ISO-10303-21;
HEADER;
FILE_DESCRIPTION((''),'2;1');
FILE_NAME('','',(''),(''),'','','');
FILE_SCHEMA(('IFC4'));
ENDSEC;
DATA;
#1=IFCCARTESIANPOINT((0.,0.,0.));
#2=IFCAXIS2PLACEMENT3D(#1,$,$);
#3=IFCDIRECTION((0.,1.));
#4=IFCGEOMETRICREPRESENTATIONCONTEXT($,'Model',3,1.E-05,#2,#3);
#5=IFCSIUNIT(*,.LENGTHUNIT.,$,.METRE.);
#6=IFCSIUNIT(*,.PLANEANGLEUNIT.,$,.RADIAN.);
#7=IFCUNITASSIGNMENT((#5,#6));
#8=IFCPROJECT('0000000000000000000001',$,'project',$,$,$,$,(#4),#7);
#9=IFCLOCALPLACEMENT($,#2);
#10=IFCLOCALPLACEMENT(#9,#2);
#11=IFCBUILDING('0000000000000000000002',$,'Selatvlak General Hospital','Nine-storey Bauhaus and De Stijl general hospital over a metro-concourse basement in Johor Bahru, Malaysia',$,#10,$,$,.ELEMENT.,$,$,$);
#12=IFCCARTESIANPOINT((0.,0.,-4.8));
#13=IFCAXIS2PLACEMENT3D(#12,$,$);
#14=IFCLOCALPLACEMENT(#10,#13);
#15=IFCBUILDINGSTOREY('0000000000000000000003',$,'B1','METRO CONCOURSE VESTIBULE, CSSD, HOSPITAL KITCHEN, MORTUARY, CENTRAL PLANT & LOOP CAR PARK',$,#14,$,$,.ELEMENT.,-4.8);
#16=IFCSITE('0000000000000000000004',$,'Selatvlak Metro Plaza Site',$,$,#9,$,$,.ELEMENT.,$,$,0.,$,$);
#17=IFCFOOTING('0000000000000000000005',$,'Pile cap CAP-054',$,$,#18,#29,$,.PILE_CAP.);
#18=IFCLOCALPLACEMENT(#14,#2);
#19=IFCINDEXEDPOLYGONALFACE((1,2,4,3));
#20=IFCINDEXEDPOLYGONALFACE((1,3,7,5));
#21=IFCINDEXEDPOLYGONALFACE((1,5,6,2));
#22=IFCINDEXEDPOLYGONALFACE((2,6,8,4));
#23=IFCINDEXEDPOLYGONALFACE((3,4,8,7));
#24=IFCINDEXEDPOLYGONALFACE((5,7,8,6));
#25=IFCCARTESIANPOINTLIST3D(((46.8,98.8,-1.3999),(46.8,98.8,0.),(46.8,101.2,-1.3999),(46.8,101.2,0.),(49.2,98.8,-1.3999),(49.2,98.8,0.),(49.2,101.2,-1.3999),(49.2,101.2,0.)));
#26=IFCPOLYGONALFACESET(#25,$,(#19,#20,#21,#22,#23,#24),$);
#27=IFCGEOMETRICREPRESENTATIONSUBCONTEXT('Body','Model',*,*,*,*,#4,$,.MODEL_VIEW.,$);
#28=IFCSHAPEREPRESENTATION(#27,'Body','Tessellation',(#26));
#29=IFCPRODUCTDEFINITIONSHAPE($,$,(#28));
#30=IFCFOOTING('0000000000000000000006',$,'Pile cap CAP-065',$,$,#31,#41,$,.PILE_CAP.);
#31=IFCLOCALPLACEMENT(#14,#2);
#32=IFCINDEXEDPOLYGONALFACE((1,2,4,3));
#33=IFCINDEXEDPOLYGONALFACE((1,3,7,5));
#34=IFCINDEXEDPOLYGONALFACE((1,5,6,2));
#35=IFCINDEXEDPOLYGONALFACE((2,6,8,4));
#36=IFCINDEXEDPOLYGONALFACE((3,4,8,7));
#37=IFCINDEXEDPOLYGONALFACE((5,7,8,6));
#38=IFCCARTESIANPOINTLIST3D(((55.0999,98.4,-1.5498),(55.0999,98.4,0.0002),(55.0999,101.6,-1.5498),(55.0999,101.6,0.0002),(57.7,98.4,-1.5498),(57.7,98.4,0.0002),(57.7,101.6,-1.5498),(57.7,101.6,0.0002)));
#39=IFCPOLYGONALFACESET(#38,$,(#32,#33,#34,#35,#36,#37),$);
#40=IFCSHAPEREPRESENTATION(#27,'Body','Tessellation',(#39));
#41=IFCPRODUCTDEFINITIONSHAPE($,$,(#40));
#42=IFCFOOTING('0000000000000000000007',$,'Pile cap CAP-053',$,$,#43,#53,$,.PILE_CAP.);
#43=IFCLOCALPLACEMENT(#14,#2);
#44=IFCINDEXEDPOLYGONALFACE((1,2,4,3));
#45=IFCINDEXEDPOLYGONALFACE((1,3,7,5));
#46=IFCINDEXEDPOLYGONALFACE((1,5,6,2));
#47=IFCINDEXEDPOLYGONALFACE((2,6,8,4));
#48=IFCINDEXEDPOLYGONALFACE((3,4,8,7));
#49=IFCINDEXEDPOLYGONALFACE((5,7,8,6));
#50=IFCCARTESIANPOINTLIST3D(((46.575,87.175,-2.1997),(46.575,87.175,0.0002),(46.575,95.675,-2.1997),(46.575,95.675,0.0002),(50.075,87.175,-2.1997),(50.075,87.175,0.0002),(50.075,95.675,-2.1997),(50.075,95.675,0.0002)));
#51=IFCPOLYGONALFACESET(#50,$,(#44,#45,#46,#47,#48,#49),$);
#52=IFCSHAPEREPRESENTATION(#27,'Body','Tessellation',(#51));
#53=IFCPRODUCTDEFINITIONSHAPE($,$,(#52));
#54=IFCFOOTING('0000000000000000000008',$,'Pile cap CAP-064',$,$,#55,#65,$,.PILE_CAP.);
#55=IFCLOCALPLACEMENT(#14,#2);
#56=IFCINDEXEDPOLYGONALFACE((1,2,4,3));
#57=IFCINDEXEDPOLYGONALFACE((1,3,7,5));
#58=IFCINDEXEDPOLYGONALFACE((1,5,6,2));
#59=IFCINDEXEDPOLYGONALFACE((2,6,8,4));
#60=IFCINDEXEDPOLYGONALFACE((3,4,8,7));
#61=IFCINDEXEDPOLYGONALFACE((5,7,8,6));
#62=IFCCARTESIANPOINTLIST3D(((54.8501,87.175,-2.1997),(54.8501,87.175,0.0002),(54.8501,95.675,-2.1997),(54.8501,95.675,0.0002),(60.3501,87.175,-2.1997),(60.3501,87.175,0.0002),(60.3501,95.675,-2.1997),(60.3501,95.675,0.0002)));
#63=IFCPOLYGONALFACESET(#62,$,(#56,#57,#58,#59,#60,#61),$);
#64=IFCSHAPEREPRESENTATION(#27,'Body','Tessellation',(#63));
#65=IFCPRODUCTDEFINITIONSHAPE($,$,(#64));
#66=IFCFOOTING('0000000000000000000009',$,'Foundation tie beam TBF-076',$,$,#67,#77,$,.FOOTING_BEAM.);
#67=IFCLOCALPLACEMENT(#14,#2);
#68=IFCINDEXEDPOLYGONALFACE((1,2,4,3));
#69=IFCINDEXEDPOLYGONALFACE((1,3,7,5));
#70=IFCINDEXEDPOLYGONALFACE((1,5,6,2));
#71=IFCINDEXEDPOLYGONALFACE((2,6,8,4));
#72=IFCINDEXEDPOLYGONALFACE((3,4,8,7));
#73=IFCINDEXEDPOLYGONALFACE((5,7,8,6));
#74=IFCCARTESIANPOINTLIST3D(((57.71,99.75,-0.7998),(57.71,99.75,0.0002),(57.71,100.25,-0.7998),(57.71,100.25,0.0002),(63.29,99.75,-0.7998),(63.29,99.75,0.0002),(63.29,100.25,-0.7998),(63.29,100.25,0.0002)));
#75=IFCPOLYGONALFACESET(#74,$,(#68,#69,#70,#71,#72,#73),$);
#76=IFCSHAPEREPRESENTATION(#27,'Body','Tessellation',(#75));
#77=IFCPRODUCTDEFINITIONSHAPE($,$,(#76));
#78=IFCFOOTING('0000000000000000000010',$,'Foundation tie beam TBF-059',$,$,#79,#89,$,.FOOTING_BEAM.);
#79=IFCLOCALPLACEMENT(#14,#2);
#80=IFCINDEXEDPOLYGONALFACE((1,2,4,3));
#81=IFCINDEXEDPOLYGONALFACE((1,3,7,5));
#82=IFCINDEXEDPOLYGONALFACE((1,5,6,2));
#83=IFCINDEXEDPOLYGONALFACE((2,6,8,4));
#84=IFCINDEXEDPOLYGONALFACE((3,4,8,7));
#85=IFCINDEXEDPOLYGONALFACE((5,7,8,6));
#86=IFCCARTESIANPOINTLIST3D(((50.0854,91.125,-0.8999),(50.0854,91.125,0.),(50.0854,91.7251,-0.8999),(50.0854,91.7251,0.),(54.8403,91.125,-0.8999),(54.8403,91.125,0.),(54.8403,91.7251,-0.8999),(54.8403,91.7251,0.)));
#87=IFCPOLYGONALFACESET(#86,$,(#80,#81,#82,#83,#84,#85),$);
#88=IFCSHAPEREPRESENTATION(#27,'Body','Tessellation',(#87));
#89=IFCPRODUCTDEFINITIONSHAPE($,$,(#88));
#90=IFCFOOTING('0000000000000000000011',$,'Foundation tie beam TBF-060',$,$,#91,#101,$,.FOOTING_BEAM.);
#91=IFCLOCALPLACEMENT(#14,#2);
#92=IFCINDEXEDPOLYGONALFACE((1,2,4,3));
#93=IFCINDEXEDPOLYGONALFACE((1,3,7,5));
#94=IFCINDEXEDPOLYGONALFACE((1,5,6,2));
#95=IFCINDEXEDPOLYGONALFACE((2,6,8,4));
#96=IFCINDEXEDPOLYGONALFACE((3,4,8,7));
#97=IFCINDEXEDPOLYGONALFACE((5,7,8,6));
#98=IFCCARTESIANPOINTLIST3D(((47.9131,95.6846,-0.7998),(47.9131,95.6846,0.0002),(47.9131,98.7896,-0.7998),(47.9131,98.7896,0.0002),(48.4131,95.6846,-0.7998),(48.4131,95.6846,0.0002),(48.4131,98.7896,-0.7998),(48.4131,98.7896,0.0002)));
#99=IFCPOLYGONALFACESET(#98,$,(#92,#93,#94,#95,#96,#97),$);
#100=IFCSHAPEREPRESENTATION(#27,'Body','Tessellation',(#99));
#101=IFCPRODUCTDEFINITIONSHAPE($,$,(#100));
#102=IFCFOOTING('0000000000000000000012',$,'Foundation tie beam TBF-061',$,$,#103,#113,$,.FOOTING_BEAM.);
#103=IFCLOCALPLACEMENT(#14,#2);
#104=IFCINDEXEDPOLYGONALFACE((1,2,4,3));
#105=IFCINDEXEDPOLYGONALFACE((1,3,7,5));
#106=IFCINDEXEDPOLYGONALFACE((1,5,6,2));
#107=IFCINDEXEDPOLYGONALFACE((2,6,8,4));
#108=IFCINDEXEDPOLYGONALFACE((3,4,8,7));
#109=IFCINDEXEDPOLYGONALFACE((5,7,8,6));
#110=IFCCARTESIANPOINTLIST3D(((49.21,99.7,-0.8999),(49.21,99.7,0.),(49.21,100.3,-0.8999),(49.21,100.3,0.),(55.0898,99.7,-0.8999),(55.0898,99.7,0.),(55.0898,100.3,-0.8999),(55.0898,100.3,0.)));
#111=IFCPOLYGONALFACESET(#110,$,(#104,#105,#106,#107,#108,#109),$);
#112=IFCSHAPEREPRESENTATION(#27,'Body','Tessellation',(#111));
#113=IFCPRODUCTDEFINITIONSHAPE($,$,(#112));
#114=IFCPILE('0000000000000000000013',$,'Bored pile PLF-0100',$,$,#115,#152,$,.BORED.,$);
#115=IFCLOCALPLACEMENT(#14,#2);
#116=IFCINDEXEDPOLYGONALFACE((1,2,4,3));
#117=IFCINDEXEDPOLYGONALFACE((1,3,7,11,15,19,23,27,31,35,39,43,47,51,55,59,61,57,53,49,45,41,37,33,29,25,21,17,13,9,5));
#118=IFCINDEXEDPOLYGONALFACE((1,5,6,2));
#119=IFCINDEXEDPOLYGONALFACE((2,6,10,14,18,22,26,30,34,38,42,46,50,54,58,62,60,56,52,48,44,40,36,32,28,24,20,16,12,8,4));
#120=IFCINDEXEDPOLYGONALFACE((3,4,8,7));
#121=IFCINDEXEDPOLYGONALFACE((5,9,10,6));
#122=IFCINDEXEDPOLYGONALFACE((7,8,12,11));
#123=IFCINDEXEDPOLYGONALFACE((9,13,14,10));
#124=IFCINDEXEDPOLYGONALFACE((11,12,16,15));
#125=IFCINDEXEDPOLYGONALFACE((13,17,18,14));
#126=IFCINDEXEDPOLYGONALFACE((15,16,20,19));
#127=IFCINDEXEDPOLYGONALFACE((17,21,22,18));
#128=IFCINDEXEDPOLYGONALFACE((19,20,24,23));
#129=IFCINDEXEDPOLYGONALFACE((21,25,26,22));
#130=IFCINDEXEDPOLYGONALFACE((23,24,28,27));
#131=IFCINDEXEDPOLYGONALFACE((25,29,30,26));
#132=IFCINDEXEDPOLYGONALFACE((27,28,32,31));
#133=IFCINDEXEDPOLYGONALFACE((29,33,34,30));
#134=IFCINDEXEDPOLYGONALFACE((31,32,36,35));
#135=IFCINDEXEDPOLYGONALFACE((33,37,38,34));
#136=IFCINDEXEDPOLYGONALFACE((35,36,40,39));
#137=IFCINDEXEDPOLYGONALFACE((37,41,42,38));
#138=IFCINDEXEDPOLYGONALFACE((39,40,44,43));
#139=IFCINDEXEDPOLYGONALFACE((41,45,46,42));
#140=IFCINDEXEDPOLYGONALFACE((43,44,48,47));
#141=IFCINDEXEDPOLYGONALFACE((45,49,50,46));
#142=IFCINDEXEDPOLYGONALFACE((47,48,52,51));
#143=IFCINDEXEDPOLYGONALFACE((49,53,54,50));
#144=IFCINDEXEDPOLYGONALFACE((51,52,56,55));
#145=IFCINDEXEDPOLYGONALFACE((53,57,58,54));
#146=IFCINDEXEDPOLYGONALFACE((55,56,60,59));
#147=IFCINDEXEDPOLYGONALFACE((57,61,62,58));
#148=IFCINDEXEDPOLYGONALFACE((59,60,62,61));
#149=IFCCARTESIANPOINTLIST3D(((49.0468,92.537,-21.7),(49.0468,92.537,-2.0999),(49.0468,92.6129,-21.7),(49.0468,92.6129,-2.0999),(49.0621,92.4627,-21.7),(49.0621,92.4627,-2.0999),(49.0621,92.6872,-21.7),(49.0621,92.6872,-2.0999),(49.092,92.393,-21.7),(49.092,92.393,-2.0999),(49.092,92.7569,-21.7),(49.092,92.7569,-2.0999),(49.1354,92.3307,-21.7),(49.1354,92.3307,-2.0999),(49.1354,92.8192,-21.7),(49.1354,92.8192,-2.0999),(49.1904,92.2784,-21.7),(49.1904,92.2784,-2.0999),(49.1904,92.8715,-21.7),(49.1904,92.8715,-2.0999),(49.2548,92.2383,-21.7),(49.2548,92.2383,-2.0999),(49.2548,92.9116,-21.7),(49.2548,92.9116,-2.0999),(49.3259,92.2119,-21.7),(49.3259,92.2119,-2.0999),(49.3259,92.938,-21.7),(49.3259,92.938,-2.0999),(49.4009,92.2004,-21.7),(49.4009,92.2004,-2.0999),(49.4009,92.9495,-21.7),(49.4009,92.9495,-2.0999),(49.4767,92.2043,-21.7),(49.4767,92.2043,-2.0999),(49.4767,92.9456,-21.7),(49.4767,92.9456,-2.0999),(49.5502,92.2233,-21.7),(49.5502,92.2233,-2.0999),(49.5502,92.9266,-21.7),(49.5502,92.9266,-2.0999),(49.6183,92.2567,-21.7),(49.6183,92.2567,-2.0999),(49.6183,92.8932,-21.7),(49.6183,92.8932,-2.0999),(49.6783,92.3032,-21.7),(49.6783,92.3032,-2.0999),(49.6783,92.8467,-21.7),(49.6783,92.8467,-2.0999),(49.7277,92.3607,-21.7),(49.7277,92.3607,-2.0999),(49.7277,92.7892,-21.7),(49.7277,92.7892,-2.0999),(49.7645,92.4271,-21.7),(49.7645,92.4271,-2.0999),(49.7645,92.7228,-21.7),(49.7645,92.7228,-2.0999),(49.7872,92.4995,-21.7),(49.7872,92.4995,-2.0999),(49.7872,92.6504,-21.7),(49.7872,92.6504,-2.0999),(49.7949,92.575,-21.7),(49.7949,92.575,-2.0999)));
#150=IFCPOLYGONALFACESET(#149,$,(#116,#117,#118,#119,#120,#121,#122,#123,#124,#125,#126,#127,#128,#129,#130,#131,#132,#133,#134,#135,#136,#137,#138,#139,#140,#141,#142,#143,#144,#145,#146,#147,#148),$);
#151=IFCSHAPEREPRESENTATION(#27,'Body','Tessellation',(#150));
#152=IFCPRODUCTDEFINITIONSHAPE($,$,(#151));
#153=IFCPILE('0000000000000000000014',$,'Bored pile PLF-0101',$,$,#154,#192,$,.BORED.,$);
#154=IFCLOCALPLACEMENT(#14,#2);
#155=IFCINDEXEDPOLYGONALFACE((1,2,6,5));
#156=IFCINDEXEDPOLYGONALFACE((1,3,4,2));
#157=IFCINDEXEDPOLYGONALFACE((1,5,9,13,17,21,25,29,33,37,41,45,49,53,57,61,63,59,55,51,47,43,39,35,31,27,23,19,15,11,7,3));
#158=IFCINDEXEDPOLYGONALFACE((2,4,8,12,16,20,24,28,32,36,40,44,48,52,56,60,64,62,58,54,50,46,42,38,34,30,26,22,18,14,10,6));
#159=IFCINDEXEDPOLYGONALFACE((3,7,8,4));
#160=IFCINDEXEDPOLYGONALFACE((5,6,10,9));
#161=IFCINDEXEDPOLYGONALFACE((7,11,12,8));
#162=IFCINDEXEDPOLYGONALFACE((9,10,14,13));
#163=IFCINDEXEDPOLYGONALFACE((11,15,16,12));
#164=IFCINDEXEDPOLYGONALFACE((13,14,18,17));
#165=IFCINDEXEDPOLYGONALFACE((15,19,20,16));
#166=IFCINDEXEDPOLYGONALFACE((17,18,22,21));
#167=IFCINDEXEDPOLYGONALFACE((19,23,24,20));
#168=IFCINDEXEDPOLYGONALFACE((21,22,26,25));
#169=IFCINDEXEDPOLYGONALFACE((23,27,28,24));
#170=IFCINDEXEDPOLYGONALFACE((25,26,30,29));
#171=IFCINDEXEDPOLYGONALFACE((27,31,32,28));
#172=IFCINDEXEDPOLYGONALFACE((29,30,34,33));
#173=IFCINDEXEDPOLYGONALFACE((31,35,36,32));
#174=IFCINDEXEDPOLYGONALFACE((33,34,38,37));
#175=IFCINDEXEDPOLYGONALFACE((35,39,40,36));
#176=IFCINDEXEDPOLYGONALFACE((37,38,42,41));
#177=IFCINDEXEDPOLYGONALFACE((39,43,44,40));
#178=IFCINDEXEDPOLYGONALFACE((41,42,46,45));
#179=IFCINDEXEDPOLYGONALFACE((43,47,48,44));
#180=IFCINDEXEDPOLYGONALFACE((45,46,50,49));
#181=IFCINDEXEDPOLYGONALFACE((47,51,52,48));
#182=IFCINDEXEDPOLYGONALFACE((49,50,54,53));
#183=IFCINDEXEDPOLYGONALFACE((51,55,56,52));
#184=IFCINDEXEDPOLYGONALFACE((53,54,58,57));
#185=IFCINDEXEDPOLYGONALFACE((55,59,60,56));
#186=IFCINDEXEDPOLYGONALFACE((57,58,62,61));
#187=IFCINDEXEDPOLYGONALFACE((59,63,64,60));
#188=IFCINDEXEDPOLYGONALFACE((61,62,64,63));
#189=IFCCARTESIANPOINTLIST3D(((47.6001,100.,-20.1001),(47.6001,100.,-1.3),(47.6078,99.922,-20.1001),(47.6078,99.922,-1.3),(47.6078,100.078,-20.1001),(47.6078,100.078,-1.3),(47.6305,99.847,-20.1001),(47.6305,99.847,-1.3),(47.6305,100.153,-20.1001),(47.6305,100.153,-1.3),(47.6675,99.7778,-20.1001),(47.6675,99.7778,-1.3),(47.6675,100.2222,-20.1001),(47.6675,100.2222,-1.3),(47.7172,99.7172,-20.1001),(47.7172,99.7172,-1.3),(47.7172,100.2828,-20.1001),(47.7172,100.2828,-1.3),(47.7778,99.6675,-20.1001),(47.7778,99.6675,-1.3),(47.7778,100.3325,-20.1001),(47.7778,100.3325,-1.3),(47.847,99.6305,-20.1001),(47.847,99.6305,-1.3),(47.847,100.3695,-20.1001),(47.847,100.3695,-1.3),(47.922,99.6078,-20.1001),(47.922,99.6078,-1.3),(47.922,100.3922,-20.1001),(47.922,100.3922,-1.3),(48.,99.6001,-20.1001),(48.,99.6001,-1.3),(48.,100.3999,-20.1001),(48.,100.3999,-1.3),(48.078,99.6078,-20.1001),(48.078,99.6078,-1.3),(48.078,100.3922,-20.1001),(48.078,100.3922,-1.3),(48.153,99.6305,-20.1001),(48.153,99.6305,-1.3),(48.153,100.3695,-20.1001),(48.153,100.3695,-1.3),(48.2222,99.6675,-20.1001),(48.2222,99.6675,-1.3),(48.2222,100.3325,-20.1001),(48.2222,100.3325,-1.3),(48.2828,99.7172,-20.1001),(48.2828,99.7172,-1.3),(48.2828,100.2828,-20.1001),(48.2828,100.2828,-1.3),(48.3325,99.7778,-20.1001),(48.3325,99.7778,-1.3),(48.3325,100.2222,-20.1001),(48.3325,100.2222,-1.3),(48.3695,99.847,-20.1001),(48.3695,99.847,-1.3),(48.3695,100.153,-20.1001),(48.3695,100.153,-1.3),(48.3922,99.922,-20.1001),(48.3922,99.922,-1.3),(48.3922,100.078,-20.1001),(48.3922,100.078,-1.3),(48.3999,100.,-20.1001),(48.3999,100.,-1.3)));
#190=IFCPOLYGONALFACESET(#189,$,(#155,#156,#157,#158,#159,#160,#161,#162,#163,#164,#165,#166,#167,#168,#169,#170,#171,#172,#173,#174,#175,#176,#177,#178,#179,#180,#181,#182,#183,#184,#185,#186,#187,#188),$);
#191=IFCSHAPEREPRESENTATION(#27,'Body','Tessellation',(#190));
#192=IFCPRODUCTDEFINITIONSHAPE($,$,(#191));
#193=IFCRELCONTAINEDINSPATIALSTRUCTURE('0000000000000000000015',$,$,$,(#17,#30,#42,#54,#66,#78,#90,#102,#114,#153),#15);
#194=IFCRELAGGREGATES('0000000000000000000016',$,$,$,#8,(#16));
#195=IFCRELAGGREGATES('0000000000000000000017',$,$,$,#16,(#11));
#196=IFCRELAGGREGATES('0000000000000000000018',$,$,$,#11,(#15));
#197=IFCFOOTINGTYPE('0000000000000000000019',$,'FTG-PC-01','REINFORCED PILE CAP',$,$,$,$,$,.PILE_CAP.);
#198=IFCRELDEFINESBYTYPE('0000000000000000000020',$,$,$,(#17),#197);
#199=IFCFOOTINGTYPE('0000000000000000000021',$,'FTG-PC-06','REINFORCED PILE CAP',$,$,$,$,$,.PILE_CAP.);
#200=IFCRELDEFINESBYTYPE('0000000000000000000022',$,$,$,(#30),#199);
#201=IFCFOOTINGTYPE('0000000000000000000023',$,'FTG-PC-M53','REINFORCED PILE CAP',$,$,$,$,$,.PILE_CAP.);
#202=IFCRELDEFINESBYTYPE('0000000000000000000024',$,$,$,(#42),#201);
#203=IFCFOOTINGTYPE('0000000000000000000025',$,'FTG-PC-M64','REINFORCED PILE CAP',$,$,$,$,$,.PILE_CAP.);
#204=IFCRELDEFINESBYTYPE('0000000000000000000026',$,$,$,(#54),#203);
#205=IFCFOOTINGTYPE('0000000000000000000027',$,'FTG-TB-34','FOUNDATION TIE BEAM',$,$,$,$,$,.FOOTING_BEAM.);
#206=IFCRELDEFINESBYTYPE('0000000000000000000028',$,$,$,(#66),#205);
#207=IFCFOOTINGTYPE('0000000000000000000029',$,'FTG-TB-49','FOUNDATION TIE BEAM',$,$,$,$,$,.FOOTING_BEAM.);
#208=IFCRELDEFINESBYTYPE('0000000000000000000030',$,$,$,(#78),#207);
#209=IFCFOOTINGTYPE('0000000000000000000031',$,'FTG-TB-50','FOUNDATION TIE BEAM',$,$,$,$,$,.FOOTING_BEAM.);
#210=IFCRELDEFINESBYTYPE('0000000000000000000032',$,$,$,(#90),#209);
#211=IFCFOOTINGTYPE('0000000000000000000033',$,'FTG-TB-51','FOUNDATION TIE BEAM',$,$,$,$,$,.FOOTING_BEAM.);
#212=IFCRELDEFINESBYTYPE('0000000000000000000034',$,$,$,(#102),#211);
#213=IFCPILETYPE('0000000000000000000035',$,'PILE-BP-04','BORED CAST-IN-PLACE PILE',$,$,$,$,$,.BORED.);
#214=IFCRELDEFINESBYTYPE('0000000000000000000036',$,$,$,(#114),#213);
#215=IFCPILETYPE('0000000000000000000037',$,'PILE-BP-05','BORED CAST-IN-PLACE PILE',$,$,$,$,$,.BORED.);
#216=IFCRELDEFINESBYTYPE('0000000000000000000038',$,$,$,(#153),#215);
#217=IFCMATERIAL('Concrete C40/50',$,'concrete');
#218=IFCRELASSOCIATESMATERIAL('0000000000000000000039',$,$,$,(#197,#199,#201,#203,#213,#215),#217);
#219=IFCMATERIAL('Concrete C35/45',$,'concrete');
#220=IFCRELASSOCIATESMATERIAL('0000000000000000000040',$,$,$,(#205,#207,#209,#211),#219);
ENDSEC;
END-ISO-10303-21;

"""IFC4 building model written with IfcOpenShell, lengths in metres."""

from ifc_helpers import new_model, si_unit, direction, frame, origin, origin_2d, place, context, subcontext, project, spatial, rectangle, circle, extrude, material, material_profile, profile_set, type_object, element, save


model = new_model("IFC4")

# Units and contexts
model_context = context("Model", 3, precision=1e-05, world=origin(), true_north=direction((0.0, 1.0)))
body_context = subcontext(model_context, "Body", "Model", "MODEL_VIEW")
ifc_project = project(units=[si_unit("LENGTHUNIT", "METRE"), si_unit("PLANEANGLEUNIT", "RADIAN")], contexts=[model_context])

# Site, building, storey
site_placement = place(None, origin())
site = spatial("IfcSite", under=ifc_project, at=site_placement, Name="Selatvlak Metro Plaza Site", CompositionType="ELEMENT", RefElevation=0.0)
building_placement = place(site_placement, origin())
building = spatial("IfcBuilding", under=site, at=building_placement, Name="Selatvlak General Hospital", Description="Nine-storey Bauhaus and De Stijl general hospital over a metro-concourse basement in Johor Bahru, Malaysia", CompositionType="ELEMENT")
storey_placement = place(building_placement, frame((0.0, 0.0, -4.8)))
storey = spatial("IfcBuildingStorey", under=building, at=storey_placement, Name="B1", Description="METRO CONCOURSE VESTIBULE, CSSD, HOSPITAL KITCHEN, MORTUARY, CENTRAL PLANT & LOOP CAR PARK", CompositionType="ELEMENT", Elevation=-4.8)

# Footings
ifc_material_1 = material(Name="Concrete C40/50", Category="concrete")
footing_type_1 = type_object("IfcFootingType", Name="FTG-PC-01", Description="REINFORCED PILE CAP", PredefinedType="PILE_CAP", material=ifc_material_1)
footing_1_placement = place(storey_placement, frame((48.0, 100.0, -1.3999), z_axis=(0.0, 0.0, 1.0), x_axis=(1.0, 0.0, 0.0)))
element("IfcFooting", 1, at=footing_1_placement, inside=storey, type_object=footing_type_1, Name="Pile cap CAP-054", PredefinedType="PILE_CAP", context=body_context, shape_type="SweptSolid", body=[
    extrude(rectangle(XDim=2.3999, YDim=2.3999, at=origin_2d()), origin(), (0.0, 0.0, 1.0), 1.3999),
])
footing_type_2 = type_object("IfcFootingType", Name="FTG-PC-06", Description="REINFORCED PILE CAP", PredefinedType="PILE_CAP", material=ifc_material_1)
footing_2_placement = place(storey_placement, frame((56.3999, 100.0, -1.5498), z_axis=(0.0, 0.0, 1.0), x_axis=(1.0, 0.0, 0.0)))
element("IfcFooting", 2, at=footing_2_placement, inside=storey, type_object=footing_type_2, Name="Pile cap CAP-065", PredefinedType="PILE_CAP", context=body_context, shape_type="SweptSolid", body=[
    extrude(rectangle(XDim=2.6001, YDim=3.2, at=origin_2d()), origin(), (0.0, 0.0, 1.0), 1.55),
])
footing_type_3 = type_object("IfcFootingType", Name="FTG-PC-M53", Description="REINFORCED PILE CAP", PredefinedType="PILE_CAP", material=ifc_material_1)
footing_3_placement = place(storey_placement, frame((48.325, 91.425, -2.1997), z_axis=(0.0, 0.0, 1.0), x_axis=(1.0, 0.0, 0.0)))
element("IfcFooting", 3, at=footing_3_placement, inside=storey, type_object=footing_type_3, Name="Pile cap CAP-053", PredefinedType="PILE_CAP", context=body_context, shape_type="SweptSolid", body=[
    extrude(rectangle(XDim=3.5, YDim=8.5, at=origin_2d()), origin(), (0.0, 0.0, 1.0), 2.2),
])
footing_type_4 = type_object("IfcFootingType", Name="FTG-PC-M64", Description="REINFORCED PILE CAP", PredefinedType="PILE_CAP", material=ifc_material_1)
footing_4_placement = place(storey_placement, frame((57.6001, 91.425, -2.1997), z_axis=(0.0, 0.0, 1.0), x_axis=(1.0, 0.0, 0.0)))
element("IfcFooting", 4, at=footing_4_placement, inside=storey, type_object=footing_type_4, Name="Pile cap CAP-064", PredefinedType="PILE_CAP", context=body_context, shape_type="SweptSolid", body=[
    extrude(rectangle(XDim=5.5, YDim=8.5, at=origin_2d()), origin(), (0.0, 0.0, 1.0), 2.2),
])
ifc_material_2 = material(Name="Concrete C35/45", Category="concrete")
footing_type_5 = type_object("IfcFootingType", Name="FTG-TB-34", Description="FOUNDATION TIE BEAM", PredefinedType="FOOTING_BEAM", material=ifc_material_2)
footing_5_placement = place(storey_placement, frame((60.5, 100.0, -0.7998), z_axis=(0.0, 0.0, 1.0), x_axis=(1.0, 0.0, 0.0)))
element("IfcFooting", 5, at=footing_5_placement, inside=storey, type_object=footing_type_5, Name="Foundation tie beam TBF-076", PredefinedType="FOOTING_BEAM", context=body_context, shape_type="SweptSolid", body=[
    extrude(rectangle(XDim=5.5801, YDim=0.5, at=origin_2d()), origin(), (0.0, 0.0, 1.0), 0.8),
])
footing_type_6 = type_object("IfcFootingType", Name="FTG-TB-49", Description="FOUNDATION TIE BEAM", PredefinedType="FOOTING_BEAM", material=ifc_material_2)
footing_6_placement = place(storey_placement, frame((52.4629, 91.425, -0.8999), z_axis=(0.0, 0.0, 1.0), x_axis=(1.0, 0.0, 0.0)))
element("IfcFooting", 6, at=footing_6_placement, inside=storey, type_object=footing_type_6, Name="Foundation tie beam TBF-059", PredefinedType="FOOTING_BEAM", context=body_context, shape_type="SweptSolid", body=[
    extrude(rectangle(XDim=4.7549, YDim=0.6001, at=origin_2d()), origin(), (0.0, 0.0, 1.0), 0.8999),
])
footing_type_7 = type_object("IfcFootingType", Name="FTG-TB-50", Description="FOUNDATION TIE BEAM", PredefinedType="FOOTING_BEAM", material=ifc_material_2)
footing_7_placement = place(storey_placement, frame((48.1631, 97.2371, -0.7998), z_axis=(0.0, 0.0, 1.0), x_axis=(0.0, 1.0, 0.0)))
element("IfcFooting", 7, at=footing_7_placement, inside=storey, type_object=footing_type_7, Name="Foundation tie beam TBF-060", PredefinedType="FOOTING_BEAM", context=body_context, shape_type="SweptSolid", body=[
    extrude(rectangle(XDim=3.105, YDim=0.5, at=origin_2d()), origin(), (0.0, 0.0, 1.0), 0.8),
])
footing_type_8 = type_object("IfcFootingType", Name="FTG-TB-51", Description="FOUNDATION TIE BEAM", PredefinedType="FOOTING_BEAM", material=ifc_material_2)
footing_8_placement = place(storey_placement, frame((52.1499, 100.0, -0.8999), z_axis=(0.0, 0.0, 1.0), x_axis=(1.0, 0.0, 0.0)))
element("IfcFooting", 8, at=footing_8_placement, inside=storey, type_object=footing_type_8, Name="Foundation tie beam TBF-061", PredefinedType="FOOTING_BEAM", context=body_context, shape_type="SweptSolid", body=[
    extrude(rectangle(XDim=5.8799, YDim=0.6001, at=origin_2d()), origin(), (0.0, 0.0, 1.0), 0.8999),
])

# Piles
ifc_material_profile_1 = material_profile(ifc_material_1, circle(Radius=0.375, at=origin_2d()), Name="BORED PILE 750")
ifc_profile_set_1 = profile_set([ifc_material_profile_1], Name="Concrete C40/50")
pile_type_1 = type_object("IfcPileType", Name="PILE-BP-04", Description="BORED CAST-IN-PLACE PILE", PredefinedType="BORED", material=ifc_profile_set_1)
pile_1_placement = place(storey_placement, frame((49.4199, 92.575, -2.0999), z_axis=(0.0, 0.0, -1.0), x_axis=(1.0, 0.0, 0.0)))
element("IfcPile", 9, at=pile_1_placement, inside=storey, type_object=pile_type_1, Name="Bored pile PLF-0100", PredefinedType="BORED", context=body_context, shape_type="SweptSolid", body=[
    extrude(circle(Radius=0.375, at=origin_2d()), origin(), (0.0, 0.0, 1.0), 19.6001),
])
ifc_material_profile_2 = material_profile(ifc_material_1, circle(Radius=0.3999, at=origin_2d()), Name="BORED PILE 800")
ifc_profile_set_2 = profile_set([ifc_material_profile_2], Name="Concrete C40/50")
pile_type_2 = type_object("IfcPileType", Name="PILE-BP-05", Description="BORED CAST-IN-PLACE PILE", PredefinedType="BORED", material=ifc_profile_set_2)
for number, where, z_axis, x_axis, name in (
    (10, (48.0, 100.0, -1.3), (0.0, 0.0, -1.0), (1.0, 0.0, 0.0), "Bored pile PLF-0101"),
):
    element("IfcPile", number, at=place(storey_placement, frame(where, z_axis=z_axis, x_axis=x_axis)), inside=storey, type_object=pile_type_2, Name=name, PredefinedType="BORED", context=body_context, shape_type="SweptSolid", body=[
        extrude(circle(Radius=0.3999, at=origin_2d()), origin(), (0.0, 0.0, 1.0), 18.8),
    ])

save(model, "model.ifc")
